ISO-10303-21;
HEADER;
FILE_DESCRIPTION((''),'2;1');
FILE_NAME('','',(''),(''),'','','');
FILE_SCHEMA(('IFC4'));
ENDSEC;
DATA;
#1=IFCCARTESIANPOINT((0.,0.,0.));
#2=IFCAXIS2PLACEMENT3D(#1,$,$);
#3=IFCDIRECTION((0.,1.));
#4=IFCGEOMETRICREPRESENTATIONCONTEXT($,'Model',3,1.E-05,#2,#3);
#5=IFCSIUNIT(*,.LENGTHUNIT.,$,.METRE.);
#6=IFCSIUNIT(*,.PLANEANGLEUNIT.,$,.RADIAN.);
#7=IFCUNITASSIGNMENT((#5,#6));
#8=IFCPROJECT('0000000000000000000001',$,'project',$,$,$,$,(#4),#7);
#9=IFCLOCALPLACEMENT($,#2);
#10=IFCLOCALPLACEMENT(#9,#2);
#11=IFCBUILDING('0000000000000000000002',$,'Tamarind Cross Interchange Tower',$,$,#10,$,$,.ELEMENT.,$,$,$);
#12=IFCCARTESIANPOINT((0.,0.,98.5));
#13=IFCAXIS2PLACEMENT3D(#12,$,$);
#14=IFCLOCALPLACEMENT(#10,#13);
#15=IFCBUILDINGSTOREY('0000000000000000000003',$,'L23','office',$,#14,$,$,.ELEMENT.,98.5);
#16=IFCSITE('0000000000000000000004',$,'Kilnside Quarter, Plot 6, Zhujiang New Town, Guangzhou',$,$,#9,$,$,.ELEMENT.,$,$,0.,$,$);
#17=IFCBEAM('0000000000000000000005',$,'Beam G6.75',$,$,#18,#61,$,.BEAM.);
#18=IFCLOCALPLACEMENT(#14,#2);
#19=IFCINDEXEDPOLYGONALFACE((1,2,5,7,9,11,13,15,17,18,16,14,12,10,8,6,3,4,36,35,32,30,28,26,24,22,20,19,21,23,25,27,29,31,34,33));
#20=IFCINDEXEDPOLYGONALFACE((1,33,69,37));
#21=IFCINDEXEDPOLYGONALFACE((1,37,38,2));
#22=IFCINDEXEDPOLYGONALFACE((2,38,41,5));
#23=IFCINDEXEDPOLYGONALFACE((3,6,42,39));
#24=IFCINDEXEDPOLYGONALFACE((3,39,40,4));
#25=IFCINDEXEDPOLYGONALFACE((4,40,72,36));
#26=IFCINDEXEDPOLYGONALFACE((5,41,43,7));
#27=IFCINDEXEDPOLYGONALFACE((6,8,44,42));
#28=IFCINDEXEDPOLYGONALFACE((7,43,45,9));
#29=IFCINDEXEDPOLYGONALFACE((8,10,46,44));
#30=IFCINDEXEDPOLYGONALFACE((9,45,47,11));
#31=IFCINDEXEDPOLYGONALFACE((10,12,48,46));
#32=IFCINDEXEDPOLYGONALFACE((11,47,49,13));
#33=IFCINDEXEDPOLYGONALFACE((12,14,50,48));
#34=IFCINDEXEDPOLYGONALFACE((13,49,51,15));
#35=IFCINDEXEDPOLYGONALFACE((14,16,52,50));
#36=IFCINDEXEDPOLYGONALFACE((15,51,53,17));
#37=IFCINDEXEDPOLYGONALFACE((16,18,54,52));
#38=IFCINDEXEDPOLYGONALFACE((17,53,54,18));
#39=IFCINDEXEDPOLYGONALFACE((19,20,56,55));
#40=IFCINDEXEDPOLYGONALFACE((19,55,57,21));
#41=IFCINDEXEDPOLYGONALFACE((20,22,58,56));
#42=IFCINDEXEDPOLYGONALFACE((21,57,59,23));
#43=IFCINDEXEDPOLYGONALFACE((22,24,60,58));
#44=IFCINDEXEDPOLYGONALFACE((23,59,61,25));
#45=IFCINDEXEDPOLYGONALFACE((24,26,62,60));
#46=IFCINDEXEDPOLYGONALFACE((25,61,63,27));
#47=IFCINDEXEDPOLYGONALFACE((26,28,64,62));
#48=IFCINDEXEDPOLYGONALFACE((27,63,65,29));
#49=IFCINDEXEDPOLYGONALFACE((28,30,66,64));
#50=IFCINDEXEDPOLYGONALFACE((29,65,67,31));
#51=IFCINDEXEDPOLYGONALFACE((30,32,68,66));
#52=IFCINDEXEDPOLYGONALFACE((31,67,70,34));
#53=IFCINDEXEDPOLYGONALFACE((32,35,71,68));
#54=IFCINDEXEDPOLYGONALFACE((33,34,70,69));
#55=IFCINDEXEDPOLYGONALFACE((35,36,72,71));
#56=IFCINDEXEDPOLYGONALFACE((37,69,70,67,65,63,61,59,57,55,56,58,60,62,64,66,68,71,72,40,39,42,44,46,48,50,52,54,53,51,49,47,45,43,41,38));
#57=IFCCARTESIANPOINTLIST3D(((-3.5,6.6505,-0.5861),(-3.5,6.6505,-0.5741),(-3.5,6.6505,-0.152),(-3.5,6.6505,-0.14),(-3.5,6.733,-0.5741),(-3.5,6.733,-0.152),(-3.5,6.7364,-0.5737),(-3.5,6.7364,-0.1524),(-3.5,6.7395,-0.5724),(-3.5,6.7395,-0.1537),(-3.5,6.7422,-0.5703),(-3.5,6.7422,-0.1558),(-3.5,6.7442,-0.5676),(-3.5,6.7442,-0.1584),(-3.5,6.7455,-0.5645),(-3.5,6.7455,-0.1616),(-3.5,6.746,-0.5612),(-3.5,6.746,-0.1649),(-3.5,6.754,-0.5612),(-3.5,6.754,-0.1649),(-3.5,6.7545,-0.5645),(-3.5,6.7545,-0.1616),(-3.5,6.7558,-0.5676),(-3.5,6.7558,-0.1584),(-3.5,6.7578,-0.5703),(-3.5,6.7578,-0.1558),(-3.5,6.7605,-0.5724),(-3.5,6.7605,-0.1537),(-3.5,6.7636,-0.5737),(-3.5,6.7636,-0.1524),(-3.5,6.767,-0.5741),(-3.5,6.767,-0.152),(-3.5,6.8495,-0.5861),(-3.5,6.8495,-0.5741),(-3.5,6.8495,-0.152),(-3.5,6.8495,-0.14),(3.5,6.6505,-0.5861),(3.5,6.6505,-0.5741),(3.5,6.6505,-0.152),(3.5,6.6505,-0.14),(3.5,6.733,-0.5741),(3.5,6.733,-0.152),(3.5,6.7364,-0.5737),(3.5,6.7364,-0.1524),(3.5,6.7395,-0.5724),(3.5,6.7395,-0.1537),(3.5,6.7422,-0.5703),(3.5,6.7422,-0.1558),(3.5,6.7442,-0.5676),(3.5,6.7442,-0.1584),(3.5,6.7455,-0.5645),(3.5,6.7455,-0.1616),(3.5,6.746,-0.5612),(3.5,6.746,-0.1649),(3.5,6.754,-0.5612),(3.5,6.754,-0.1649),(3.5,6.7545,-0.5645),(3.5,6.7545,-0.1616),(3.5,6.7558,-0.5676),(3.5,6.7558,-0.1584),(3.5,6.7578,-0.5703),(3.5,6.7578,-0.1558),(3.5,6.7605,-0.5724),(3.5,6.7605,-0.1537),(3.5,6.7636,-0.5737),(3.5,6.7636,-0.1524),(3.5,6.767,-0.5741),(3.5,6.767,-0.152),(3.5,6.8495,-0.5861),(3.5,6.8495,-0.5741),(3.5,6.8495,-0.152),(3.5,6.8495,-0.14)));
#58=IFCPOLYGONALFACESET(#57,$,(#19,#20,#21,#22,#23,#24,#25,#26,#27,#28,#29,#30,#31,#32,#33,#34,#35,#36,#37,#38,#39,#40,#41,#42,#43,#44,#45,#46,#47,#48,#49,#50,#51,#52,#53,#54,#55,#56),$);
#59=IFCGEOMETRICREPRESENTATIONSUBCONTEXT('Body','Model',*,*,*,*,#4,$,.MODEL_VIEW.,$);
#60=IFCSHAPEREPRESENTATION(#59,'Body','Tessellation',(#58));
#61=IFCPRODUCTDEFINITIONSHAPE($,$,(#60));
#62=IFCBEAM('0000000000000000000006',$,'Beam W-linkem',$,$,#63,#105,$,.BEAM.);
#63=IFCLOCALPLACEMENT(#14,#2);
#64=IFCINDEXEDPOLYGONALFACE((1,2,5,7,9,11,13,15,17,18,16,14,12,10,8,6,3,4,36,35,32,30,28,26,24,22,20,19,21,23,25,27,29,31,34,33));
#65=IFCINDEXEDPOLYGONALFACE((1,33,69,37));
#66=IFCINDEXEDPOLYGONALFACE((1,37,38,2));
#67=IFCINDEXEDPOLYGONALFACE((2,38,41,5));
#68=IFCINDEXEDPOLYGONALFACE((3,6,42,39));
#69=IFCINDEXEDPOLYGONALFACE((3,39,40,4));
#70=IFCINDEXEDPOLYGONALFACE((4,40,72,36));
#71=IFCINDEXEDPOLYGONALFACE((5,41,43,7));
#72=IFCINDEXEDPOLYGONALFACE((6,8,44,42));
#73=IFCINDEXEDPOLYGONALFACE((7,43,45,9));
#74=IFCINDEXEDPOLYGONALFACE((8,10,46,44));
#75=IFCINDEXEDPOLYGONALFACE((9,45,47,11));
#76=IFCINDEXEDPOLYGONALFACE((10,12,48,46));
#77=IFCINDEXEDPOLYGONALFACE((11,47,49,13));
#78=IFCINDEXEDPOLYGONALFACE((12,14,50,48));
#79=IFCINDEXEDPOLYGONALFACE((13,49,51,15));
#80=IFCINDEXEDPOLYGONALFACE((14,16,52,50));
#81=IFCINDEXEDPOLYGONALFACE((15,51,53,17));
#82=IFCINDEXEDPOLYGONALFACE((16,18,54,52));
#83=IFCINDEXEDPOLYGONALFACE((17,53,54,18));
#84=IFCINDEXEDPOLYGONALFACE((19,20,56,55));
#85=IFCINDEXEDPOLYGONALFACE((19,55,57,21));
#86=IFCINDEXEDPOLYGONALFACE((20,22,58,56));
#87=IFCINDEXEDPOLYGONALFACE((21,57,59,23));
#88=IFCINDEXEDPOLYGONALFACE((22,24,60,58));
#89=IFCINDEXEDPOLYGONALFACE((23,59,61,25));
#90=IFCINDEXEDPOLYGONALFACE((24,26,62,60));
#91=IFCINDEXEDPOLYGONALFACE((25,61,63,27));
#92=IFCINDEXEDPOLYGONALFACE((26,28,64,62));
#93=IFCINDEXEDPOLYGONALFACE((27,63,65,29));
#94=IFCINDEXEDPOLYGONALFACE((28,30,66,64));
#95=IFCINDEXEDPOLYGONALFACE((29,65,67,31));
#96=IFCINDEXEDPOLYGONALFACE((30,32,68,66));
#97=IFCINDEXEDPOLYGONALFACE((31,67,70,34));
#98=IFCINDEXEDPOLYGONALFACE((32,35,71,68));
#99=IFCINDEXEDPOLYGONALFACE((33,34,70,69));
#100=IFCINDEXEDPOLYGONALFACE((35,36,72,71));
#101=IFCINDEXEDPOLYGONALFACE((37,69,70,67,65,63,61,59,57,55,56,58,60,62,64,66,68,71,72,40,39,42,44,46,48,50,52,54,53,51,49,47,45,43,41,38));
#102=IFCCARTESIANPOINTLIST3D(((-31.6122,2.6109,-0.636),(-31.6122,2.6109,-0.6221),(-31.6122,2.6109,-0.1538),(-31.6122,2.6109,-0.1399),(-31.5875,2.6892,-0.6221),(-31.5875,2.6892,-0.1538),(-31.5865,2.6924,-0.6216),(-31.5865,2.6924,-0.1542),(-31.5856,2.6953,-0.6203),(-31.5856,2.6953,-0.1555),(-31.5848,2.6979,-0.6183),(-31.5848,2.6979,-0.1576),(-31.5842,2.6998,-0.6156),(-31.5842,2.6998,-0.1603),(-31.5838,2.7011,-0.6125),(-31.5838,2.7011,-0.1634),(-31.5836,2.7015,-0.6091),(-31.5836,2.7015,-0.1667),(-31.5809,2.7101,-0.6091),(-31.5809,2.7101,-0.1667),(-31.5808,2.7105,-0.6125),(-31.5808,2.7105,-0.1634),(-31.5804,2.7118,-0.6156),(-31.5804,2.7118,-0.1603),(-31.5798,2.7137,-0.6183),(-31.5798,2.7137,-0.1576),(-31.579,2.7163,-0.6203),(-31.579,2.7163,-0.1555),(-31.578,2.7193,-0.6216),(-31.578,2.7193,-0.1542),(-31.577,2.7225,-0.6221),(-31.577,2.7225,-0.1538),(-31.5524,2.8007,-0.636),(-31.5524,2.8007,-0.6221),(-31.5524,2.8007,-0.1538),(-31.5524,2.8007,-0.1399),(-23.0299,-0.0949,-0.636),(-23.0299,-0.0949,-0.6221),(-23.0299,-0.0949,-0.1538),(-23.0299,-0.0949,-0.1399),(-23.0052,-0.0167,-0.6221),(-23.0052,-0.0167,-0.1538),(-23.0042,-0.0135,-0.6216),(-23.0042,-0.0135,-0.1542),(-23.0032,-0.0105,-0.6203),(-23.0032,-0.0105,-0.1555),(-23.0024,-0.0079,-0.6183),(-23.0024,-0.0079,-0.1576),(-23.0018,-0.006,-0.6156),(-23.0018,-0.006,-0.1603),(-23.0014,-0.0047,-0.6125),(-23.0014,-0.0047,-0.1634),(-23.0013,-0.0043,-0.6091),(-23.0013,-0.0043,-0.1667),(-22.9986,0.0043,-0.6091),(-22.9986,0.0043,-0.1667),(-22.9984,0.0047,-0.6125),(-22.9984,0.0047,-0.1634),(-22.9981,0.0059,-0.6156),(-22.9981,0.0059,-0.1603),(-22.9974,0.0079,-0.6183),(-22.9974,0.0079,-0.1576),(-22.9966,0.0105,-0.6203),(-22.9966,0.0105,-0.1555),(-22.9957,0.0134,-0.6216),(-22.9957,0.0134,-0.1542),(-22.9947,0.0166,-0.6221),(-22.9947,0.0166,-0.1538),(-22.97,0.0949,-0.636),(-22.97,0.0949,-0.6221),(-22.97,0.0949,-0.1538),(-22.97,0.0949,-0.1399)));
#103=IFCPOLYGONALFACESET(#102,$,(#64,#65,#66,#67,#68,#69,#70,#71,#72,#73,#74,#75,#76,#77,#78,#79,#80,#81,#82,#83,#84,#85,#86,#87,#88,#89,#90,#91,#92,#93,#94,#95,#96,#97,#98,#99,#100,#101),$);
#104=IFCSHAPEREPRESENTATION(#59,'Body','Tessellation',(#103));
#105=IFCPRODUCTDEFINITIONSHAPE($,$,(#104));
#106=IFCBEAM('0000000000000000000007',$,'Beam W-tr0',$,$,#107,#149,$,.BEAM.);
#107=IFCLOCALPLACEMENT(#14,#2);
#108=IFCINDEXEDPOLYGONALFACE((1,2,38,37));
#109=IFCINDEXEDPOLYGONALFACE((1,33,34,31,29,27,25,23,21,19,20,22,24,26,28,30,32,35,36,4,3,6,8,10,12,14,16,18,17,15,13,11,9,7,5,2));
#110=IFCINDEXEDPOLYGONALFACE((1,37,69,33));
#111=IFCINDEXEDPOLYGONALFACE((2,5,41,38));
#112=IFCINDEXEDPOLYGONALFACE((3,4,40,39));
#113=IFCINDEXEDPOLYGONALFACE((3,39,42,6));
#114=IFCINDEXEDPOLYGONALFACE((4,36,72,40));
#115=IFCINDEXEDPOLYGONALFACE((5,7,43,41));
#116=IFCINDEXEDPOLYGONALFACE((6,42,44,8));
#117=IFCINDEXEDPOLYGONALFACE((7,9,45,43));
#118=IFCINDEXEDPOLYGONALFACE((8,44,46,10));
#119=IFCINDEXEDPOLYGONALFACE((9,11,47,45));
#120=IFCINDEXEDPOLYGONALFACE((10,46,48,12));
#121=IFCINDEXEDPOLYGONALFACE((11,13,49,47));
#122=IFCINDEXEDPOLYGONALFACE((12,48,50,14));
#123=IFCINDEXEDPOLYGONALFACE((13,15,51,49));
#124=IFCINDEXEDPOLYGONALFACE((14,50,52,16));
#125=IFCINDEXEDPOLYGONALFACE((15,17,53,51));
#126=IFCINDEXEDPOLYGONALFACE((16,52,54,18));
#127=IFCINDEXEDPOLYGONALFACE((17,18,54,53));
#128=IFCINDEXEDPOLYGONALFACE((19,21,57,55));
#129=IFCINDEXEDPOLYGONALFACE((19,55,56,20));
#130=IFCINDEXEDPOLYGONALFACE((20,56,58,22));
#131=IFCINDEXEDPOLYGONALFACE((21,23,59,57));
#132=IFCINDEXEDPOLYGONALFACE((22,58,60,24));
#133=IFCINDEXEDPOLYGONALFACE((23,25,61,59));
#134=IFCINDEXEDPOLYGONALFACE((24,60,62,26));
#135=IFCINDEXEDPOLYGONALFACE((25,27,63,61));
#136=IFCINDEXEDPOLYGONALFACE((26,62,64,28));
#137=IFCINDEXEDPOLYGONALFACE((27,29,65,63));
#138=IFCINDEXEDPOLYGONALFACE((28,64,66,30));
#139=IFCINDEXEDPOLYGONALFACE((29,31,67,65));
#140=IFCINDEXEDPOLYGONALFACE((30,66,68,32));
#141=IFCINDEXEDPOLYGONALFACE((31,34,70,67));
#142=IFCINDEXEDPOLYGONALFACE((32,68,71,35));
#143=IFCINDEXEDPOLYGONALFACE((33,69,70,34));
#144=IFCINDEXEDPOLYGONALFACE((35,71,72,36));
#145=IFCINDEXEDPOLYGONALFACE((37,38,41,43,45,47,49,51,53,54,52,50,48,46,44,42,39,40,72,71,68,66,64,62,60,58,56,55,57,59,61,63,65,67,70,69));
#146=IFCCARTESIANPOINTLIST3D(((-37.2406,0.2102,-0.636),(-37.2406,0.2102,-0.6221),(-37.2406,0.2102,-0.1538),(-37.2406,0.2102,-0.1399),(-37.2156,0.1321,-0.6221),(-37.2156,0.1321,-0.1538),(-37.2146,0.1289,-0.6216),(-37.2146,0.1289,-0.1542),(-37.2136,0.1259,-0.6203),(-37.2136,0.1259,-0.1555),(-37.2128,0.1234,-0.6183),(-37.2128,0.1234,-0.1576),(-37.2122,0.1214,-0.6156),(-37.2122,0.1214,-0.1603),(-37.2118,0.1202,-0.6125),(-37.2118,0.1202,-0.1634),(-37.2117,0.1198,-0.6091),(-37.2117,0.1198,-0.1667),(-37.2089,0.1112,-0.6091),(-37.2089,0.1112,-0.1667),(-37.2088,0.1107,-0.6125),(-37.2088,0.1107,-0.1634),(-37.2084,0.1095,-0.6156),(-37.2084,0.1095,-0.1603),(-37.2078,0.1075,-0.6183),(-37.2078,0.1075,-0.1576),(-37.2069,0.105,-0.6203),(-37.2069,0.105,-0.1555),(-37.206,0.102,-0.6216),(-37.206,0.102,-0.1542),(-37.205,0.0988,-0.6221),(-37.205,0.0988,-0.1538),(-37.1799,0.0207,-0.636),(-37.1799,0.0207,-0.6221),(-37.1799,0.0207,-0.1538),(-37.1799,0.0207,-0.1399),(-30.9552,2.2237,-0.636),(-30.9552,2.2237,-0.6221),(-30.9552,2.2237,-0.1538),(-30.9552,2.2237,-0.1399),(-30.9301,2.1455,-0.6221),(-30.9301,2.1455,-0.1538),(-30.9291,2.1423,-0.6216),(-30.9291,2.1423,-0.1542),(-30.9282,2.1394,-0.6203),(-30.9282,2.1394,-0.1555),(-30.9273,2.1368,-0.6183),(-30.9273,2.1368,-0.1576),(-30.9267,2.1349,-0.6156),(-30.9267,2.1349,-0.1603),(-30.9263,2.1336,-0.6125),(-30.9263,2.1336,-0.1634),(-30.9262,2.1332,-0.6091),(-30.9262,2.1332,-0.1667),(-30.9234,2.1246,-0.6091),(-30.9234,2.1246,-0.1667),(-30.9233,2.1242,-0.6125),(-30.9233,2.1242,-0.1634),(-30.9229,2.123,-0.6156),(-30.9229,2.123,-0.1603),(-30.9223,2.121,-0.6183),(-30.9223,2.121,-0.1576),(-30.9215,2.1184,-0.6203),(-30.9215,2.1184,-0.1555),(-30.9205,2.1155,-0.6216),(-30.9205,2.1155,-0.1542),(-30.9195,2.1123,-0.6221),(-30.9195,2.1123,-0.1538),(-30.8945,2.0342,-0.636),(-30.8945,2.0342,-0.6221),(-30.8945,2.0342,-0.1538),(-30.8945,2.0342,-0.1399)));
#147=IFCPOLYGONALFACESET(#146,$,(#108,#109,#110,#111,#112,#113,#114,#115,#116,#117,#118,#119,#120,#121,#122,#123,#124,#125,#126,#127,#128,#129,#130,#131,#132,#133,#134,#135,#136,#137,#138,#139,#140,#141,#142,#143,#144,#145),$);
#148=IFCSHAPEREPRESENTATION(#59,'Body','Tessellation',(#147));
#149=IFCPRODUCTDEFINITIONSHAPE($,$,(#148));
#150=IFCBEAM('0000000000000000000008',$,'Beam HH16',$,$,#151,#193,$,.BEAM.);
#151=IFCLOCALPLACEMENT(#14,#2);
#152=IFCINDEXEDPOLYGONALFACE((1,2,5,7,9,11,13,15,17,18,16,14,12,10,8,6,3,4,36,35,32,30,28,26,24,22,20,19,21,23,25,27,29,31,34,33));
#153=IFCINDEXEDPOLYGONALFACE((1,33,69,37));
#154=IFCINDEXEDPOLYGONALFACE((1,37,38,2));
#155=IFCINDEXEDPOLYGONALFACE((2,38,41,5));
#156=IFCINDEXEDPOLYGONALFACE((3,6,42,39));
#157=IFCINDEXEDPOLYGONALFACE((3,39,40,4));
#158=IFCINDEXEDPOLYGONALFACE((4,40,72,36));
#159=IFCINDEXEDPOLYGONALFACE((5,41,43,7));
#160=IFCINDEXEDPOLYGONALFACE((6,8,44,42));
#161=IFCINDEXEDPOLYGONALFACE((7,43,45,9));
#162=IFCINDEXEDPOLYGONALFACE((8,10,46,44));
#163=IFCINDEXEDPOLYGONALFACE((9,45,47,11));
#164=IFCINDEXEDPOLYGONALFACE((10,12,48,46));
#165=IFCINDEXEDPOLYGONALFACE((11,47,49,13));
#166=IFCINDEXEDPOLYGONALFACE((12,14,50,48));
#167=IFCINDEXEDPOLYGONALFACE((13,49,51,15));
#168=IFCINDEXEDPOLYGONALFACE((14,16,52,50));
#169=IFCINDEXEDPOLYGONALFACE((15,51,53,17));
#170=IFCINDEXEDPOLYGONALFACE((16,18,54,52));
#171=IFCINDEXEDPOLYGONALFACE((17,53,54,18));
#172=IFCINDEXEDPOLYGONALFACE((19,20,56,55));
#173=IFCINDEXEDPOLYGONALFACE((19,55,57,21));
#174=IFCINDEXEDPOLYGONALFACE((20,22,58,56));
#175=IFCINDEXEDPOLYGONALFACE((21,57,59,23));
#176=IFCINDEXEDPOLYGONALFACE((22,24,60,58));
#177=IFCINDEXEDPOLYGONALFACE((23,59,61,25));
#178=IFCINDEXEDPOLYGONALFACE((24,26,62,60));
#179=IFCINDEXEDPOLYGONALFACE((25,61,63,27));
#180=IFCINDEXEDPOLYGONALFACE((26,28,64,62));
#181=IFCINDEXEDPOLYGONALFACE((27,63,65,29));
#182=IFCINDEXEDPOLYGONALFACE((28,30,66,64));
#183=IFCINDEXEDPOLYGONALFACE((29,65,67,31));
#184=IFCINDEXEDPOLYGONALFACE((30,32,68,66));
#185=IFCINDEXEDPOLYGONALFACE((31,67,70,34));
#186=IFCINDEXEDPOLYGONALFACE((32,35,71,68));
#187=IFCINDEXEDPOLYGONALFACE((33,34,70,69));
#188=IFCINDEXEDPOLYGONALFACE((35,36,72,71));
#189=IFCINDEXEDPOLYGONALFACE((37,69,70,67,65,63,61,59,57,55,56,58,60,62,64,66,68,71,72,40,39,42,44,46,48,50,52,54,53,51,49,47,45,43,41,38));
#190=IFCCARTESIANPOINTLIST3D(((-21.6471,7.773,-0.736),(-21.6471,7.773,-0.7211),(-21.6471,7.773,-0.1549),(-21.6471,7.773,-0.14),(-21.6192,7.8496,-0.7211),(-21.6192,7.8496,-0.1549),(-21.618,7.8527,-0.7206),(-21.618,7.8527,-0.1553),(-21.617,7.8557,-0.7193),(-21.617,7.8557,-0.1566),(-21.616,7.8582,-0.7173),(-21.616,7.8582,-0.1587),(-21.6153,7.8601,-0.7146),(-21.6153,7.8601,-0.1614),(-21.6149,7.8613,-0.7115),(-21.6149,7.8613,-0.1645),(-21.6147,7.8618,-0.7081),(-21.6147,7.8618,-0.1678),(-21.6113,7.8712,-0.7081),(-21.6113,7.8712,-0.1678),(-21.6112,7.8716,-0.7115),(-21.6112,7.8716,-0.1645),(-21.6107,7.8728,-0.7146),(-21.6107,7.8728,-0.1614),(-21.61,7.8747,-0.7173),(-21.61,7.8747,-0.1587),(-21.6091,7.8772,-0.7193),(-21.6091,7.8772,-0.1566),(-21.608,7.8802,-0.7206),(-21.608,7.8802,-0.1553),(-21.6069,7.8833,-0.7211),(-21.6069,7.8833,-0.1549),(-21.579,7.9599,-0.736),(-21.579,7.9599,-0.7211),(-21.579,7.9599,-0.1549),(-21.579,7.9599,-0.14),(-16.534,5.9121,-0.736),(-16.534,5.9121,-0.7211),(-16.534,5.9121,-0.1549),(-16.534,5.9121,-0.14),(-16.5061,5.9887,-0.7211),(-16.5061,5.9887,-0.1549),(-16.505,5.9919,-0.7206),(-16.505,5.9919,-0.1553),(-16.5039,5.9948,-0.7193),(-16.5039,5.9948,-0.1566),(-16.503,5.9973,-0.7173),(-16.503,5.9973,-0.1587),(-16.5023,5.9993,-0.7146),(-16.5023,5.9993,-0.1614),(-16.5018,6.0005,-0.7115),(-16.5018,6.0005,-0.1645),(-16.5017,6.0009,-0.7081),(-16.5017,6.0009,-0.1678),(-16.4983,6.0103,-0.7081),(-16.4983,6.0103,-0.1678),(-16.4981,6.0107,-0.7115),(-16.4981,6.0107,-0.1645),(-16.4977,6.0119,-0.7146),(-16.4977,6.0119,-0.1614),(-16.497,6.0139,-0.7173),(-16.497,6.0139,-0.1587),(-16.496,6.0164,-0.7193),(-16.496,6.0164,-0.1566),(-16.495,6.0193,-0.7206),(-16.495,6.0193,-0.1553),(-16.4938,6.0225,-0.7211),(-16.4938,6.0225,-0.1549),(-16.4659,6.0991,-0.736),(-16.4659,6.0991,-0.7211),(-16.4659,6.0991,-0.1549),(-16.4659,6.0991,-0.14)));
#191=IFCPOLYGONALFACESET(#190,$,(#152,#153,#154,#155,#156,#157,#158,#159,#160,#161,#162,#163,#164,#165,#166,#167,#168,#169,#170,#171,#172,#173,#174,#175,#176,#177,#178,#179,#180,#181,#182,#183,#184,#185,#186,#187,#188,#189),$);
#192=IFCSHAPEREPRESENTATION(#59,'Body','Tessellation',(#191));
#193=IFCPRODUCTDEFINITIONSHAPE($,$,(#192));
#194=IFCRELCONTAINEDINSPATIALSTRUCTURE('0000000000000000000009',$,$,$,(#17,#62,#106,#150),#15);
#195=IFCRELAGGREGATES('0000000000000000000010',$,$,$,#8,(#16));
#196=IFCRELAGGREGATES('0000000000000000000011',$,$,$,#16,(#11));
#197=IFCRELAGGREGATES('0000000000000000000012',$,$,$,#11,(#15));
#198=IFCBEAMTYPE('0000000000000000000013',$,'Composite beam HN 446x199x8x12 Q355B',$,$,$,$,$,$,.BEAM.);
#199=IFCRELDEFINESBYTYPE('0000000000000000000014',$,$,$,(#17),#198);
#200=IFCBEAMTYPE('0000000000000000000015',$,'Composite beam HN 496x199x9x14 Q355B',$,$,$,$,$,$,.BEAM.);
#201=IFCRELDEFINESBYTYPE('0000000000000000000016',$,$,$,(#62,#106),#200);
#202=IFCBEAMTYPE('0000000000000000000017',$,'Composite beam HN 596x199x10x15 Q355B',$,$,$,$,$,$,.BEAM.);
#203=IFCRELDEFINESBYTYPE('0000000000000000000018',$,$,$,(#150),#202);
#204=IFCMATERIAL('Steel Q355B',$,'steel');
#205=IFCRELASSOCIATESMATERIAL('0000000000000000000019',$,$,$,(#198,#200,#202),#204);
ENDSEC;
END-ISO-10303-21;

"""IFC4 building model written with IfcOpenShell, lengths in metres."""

from ifc_helpers import new_model, si_unit, direction, frame, origin, origin_2d, place, context, subcontext, project, spatial, i_section, extrude, material, material_profile, profile_set, type_object, element, save


model = new_model("IFC4")

# Units and contexts
model_context = context("Model", 3, precision=1e-05, world=origin(), true_north=direction((0.0, 1.0)))
body_context = subcontext(model_context, "Body", "Model", "MODEL_VIEW")
ifc_project = project(units=[si_unit("LENGTHUNIT", "METRE"), si_unit("PLANEANGLEUNIT", "RADIAN")], contexts=[model_context])

# Site, building, storey
site_placement = place(None, origin())
site = spatial("IfcSite", under=ifc_project, at=site_placement, Name="Kilnside Quarter, Plot 6, Zhujiang New Town, Guangzhou", CompositionType="ELEMENT", RefElevation=0.0)
building_placement = place(site_placement, origin())
building = spatial("IfcBuilding", under=site, at=building_placement, Name="Tamarind Cross Interchange Tower", CompositionType="ELEMENT")
storey_placement = place(building_placement, frame((0.0, 0.0, 98.5)))
storey = spatial("IfcBuildingStorey", under=building, at=storey_placement, Name="L23", Description="office", CompositionType="ELEMENT", Elevation=98.5)

# Beams
ifc_material_1 = material(Name="Steel Q355B", Category="steel")
ifc_material_profile_1 = material_profile(ifc_material_1, i_section(OverallWidth=0.199, OverallDepth=0.446, WebThickness=0.0081, FlangeThickness=0.012, FilletRadius=0.0129, at=origin_2d()), Name="HN 446x199x8x12")
ifc_profile_set_1 = profile_set([ifc_material_profile_1], Name="Steel Q355B")
beam_type_1 = type_object("IfcBeamType", Name="Composite beam HN 446x199x8x12 Q355B", PredefinedType="BEAM", material=ifc_profile_set_1)
for number, where, z_axis, x_axis, name in (
    (1, (-3.5, 6.75, -0.363), (1.0, 0.0, 0.0), (0.0, 1.0, 0.0), "Beam G6.75"),
):
    element("IfcBeam", number, at=place(storey_placement, frame(where, z_axis=z_axis, x_axis=x_axis)), inside=storey, type_object=beam_type_1, Name=name, PredefinedType="BEAM", context=body_context, shape_type="SweptSolid", body=[
        extrude(i_section(OverallWidth=0.199, OverallDepth=0.446, WebThickness=0.0081, FlangeThickness=0.012, FilletRadius=0.0129, at=origin_2d()), origin(), (0.0, 0.0, 1.0), 7.0),
    ])
ifc_material_profile_2 = material_profile(ifc_material_1, i_section(OverallWidth=0.199, OverallDepth=0.4961, WebThickness=0.009, FlangeThickness=0.0139, FilletRadius=0.0129, at=origin_2d()), Name="HN 496x199x9x14")
ifc_profile_set_2 = profile_set([ifc_material_profile_2], Name="Steel Q355B")
beam_type_2 = type_object("IfcBeamType", Name="Composite beam HN 496x199x9x14 Q355B", PredefinedType="BEAM", material=ifc_profile_set_2)
beam_1_placement = place(storey_placement, frame((-31.5823, 2.7058, -0.3879), z_axis=(0.953722, -0.300689, 0.0), x_axis=(0.300689, 0.953722, 0.0)))
element("IfcBeam", 2, at=beam_1_placement, inside=storey, type_object=beam_type_2, Name="Beam W-linkem", PredefinedType="BEAM", context=body_context, shape_type="SweptSolid", body=[
    extrude(i_section(OverallWidth=0.199, OverallDepth=0.4961, WebThickness=0.009, FlangeThickness=0.0139, FilletRadius=0.0129, at=origin_2d()), origin(), (0.0, 0.0, 1.0), 8.9988),
])
beam_2_placement = place(storey_placement, frame((-30.9248, 2.1289, -0.3879), z_axis=(-0.952332, -0.305064, 0.0), x_axis=(0.305064, -0.952332, 0.0)))
element("IfcBeam", 3, at=beam_2_placement, inside=storey, type_object=beam_type_2, Name="Beam W-tr0", PredefinedType="BEAM", context=body_context, shape_type="SweptSolid", body=[
    extrude(i_section(OverallWidth=0.199, OverallDepth=0.4961, WebThickness=0.009, FlangeThickness=0.0139, FilletRadius=0.0129, at=origin_2d()), origin(), (0.0, 0.0, 1.0), 6.6001),
])
ifc_material_profile_3 = material_profile(ifc_material_1, i_section(OverallWidth=0.199, OverallDepth=0.5959, WebThickness=0.01, FlangeThickness=0.0149, FilletRadius=0.0129, at=origin_2d()), Name="HN 596x199x10x15")
ifc_profile_set_3 = profile_set([ifc_material_profile_3], Name="Steel Q355B")
beam_type_3 = type_object("IfcBeamType", Name="Composite beam HN 596x199x10x15 Q355B", PredefinedType="BEAM", material=ifc_profile_set_3)
beam_3_placement = place(storey_placement, frame((-21.613, 7.8665, -0.438), z_axis=(0.939702, -0.341995, 0.0), x_axis=(0.341995, 0.939702, 0.0)))
element("IfcBeam", 4, at=beam_3_placement, inside=storey, type_object=beam_type_3, Name="Beam HH16", PredefinedType="BEAM", context=body_context, shape_type="SweptSolid", body=[
    extrude(i_section(OverallWidth=0.199, OverallDepth=0.5959, WebThickness=0.01, FlangeThickness=0.0149, FilletRadius=0.0129, at=origin_2d()), origin(), (0.0, 0.0, 1.0), 5.4412),
])

save(model, "model.ifc")
